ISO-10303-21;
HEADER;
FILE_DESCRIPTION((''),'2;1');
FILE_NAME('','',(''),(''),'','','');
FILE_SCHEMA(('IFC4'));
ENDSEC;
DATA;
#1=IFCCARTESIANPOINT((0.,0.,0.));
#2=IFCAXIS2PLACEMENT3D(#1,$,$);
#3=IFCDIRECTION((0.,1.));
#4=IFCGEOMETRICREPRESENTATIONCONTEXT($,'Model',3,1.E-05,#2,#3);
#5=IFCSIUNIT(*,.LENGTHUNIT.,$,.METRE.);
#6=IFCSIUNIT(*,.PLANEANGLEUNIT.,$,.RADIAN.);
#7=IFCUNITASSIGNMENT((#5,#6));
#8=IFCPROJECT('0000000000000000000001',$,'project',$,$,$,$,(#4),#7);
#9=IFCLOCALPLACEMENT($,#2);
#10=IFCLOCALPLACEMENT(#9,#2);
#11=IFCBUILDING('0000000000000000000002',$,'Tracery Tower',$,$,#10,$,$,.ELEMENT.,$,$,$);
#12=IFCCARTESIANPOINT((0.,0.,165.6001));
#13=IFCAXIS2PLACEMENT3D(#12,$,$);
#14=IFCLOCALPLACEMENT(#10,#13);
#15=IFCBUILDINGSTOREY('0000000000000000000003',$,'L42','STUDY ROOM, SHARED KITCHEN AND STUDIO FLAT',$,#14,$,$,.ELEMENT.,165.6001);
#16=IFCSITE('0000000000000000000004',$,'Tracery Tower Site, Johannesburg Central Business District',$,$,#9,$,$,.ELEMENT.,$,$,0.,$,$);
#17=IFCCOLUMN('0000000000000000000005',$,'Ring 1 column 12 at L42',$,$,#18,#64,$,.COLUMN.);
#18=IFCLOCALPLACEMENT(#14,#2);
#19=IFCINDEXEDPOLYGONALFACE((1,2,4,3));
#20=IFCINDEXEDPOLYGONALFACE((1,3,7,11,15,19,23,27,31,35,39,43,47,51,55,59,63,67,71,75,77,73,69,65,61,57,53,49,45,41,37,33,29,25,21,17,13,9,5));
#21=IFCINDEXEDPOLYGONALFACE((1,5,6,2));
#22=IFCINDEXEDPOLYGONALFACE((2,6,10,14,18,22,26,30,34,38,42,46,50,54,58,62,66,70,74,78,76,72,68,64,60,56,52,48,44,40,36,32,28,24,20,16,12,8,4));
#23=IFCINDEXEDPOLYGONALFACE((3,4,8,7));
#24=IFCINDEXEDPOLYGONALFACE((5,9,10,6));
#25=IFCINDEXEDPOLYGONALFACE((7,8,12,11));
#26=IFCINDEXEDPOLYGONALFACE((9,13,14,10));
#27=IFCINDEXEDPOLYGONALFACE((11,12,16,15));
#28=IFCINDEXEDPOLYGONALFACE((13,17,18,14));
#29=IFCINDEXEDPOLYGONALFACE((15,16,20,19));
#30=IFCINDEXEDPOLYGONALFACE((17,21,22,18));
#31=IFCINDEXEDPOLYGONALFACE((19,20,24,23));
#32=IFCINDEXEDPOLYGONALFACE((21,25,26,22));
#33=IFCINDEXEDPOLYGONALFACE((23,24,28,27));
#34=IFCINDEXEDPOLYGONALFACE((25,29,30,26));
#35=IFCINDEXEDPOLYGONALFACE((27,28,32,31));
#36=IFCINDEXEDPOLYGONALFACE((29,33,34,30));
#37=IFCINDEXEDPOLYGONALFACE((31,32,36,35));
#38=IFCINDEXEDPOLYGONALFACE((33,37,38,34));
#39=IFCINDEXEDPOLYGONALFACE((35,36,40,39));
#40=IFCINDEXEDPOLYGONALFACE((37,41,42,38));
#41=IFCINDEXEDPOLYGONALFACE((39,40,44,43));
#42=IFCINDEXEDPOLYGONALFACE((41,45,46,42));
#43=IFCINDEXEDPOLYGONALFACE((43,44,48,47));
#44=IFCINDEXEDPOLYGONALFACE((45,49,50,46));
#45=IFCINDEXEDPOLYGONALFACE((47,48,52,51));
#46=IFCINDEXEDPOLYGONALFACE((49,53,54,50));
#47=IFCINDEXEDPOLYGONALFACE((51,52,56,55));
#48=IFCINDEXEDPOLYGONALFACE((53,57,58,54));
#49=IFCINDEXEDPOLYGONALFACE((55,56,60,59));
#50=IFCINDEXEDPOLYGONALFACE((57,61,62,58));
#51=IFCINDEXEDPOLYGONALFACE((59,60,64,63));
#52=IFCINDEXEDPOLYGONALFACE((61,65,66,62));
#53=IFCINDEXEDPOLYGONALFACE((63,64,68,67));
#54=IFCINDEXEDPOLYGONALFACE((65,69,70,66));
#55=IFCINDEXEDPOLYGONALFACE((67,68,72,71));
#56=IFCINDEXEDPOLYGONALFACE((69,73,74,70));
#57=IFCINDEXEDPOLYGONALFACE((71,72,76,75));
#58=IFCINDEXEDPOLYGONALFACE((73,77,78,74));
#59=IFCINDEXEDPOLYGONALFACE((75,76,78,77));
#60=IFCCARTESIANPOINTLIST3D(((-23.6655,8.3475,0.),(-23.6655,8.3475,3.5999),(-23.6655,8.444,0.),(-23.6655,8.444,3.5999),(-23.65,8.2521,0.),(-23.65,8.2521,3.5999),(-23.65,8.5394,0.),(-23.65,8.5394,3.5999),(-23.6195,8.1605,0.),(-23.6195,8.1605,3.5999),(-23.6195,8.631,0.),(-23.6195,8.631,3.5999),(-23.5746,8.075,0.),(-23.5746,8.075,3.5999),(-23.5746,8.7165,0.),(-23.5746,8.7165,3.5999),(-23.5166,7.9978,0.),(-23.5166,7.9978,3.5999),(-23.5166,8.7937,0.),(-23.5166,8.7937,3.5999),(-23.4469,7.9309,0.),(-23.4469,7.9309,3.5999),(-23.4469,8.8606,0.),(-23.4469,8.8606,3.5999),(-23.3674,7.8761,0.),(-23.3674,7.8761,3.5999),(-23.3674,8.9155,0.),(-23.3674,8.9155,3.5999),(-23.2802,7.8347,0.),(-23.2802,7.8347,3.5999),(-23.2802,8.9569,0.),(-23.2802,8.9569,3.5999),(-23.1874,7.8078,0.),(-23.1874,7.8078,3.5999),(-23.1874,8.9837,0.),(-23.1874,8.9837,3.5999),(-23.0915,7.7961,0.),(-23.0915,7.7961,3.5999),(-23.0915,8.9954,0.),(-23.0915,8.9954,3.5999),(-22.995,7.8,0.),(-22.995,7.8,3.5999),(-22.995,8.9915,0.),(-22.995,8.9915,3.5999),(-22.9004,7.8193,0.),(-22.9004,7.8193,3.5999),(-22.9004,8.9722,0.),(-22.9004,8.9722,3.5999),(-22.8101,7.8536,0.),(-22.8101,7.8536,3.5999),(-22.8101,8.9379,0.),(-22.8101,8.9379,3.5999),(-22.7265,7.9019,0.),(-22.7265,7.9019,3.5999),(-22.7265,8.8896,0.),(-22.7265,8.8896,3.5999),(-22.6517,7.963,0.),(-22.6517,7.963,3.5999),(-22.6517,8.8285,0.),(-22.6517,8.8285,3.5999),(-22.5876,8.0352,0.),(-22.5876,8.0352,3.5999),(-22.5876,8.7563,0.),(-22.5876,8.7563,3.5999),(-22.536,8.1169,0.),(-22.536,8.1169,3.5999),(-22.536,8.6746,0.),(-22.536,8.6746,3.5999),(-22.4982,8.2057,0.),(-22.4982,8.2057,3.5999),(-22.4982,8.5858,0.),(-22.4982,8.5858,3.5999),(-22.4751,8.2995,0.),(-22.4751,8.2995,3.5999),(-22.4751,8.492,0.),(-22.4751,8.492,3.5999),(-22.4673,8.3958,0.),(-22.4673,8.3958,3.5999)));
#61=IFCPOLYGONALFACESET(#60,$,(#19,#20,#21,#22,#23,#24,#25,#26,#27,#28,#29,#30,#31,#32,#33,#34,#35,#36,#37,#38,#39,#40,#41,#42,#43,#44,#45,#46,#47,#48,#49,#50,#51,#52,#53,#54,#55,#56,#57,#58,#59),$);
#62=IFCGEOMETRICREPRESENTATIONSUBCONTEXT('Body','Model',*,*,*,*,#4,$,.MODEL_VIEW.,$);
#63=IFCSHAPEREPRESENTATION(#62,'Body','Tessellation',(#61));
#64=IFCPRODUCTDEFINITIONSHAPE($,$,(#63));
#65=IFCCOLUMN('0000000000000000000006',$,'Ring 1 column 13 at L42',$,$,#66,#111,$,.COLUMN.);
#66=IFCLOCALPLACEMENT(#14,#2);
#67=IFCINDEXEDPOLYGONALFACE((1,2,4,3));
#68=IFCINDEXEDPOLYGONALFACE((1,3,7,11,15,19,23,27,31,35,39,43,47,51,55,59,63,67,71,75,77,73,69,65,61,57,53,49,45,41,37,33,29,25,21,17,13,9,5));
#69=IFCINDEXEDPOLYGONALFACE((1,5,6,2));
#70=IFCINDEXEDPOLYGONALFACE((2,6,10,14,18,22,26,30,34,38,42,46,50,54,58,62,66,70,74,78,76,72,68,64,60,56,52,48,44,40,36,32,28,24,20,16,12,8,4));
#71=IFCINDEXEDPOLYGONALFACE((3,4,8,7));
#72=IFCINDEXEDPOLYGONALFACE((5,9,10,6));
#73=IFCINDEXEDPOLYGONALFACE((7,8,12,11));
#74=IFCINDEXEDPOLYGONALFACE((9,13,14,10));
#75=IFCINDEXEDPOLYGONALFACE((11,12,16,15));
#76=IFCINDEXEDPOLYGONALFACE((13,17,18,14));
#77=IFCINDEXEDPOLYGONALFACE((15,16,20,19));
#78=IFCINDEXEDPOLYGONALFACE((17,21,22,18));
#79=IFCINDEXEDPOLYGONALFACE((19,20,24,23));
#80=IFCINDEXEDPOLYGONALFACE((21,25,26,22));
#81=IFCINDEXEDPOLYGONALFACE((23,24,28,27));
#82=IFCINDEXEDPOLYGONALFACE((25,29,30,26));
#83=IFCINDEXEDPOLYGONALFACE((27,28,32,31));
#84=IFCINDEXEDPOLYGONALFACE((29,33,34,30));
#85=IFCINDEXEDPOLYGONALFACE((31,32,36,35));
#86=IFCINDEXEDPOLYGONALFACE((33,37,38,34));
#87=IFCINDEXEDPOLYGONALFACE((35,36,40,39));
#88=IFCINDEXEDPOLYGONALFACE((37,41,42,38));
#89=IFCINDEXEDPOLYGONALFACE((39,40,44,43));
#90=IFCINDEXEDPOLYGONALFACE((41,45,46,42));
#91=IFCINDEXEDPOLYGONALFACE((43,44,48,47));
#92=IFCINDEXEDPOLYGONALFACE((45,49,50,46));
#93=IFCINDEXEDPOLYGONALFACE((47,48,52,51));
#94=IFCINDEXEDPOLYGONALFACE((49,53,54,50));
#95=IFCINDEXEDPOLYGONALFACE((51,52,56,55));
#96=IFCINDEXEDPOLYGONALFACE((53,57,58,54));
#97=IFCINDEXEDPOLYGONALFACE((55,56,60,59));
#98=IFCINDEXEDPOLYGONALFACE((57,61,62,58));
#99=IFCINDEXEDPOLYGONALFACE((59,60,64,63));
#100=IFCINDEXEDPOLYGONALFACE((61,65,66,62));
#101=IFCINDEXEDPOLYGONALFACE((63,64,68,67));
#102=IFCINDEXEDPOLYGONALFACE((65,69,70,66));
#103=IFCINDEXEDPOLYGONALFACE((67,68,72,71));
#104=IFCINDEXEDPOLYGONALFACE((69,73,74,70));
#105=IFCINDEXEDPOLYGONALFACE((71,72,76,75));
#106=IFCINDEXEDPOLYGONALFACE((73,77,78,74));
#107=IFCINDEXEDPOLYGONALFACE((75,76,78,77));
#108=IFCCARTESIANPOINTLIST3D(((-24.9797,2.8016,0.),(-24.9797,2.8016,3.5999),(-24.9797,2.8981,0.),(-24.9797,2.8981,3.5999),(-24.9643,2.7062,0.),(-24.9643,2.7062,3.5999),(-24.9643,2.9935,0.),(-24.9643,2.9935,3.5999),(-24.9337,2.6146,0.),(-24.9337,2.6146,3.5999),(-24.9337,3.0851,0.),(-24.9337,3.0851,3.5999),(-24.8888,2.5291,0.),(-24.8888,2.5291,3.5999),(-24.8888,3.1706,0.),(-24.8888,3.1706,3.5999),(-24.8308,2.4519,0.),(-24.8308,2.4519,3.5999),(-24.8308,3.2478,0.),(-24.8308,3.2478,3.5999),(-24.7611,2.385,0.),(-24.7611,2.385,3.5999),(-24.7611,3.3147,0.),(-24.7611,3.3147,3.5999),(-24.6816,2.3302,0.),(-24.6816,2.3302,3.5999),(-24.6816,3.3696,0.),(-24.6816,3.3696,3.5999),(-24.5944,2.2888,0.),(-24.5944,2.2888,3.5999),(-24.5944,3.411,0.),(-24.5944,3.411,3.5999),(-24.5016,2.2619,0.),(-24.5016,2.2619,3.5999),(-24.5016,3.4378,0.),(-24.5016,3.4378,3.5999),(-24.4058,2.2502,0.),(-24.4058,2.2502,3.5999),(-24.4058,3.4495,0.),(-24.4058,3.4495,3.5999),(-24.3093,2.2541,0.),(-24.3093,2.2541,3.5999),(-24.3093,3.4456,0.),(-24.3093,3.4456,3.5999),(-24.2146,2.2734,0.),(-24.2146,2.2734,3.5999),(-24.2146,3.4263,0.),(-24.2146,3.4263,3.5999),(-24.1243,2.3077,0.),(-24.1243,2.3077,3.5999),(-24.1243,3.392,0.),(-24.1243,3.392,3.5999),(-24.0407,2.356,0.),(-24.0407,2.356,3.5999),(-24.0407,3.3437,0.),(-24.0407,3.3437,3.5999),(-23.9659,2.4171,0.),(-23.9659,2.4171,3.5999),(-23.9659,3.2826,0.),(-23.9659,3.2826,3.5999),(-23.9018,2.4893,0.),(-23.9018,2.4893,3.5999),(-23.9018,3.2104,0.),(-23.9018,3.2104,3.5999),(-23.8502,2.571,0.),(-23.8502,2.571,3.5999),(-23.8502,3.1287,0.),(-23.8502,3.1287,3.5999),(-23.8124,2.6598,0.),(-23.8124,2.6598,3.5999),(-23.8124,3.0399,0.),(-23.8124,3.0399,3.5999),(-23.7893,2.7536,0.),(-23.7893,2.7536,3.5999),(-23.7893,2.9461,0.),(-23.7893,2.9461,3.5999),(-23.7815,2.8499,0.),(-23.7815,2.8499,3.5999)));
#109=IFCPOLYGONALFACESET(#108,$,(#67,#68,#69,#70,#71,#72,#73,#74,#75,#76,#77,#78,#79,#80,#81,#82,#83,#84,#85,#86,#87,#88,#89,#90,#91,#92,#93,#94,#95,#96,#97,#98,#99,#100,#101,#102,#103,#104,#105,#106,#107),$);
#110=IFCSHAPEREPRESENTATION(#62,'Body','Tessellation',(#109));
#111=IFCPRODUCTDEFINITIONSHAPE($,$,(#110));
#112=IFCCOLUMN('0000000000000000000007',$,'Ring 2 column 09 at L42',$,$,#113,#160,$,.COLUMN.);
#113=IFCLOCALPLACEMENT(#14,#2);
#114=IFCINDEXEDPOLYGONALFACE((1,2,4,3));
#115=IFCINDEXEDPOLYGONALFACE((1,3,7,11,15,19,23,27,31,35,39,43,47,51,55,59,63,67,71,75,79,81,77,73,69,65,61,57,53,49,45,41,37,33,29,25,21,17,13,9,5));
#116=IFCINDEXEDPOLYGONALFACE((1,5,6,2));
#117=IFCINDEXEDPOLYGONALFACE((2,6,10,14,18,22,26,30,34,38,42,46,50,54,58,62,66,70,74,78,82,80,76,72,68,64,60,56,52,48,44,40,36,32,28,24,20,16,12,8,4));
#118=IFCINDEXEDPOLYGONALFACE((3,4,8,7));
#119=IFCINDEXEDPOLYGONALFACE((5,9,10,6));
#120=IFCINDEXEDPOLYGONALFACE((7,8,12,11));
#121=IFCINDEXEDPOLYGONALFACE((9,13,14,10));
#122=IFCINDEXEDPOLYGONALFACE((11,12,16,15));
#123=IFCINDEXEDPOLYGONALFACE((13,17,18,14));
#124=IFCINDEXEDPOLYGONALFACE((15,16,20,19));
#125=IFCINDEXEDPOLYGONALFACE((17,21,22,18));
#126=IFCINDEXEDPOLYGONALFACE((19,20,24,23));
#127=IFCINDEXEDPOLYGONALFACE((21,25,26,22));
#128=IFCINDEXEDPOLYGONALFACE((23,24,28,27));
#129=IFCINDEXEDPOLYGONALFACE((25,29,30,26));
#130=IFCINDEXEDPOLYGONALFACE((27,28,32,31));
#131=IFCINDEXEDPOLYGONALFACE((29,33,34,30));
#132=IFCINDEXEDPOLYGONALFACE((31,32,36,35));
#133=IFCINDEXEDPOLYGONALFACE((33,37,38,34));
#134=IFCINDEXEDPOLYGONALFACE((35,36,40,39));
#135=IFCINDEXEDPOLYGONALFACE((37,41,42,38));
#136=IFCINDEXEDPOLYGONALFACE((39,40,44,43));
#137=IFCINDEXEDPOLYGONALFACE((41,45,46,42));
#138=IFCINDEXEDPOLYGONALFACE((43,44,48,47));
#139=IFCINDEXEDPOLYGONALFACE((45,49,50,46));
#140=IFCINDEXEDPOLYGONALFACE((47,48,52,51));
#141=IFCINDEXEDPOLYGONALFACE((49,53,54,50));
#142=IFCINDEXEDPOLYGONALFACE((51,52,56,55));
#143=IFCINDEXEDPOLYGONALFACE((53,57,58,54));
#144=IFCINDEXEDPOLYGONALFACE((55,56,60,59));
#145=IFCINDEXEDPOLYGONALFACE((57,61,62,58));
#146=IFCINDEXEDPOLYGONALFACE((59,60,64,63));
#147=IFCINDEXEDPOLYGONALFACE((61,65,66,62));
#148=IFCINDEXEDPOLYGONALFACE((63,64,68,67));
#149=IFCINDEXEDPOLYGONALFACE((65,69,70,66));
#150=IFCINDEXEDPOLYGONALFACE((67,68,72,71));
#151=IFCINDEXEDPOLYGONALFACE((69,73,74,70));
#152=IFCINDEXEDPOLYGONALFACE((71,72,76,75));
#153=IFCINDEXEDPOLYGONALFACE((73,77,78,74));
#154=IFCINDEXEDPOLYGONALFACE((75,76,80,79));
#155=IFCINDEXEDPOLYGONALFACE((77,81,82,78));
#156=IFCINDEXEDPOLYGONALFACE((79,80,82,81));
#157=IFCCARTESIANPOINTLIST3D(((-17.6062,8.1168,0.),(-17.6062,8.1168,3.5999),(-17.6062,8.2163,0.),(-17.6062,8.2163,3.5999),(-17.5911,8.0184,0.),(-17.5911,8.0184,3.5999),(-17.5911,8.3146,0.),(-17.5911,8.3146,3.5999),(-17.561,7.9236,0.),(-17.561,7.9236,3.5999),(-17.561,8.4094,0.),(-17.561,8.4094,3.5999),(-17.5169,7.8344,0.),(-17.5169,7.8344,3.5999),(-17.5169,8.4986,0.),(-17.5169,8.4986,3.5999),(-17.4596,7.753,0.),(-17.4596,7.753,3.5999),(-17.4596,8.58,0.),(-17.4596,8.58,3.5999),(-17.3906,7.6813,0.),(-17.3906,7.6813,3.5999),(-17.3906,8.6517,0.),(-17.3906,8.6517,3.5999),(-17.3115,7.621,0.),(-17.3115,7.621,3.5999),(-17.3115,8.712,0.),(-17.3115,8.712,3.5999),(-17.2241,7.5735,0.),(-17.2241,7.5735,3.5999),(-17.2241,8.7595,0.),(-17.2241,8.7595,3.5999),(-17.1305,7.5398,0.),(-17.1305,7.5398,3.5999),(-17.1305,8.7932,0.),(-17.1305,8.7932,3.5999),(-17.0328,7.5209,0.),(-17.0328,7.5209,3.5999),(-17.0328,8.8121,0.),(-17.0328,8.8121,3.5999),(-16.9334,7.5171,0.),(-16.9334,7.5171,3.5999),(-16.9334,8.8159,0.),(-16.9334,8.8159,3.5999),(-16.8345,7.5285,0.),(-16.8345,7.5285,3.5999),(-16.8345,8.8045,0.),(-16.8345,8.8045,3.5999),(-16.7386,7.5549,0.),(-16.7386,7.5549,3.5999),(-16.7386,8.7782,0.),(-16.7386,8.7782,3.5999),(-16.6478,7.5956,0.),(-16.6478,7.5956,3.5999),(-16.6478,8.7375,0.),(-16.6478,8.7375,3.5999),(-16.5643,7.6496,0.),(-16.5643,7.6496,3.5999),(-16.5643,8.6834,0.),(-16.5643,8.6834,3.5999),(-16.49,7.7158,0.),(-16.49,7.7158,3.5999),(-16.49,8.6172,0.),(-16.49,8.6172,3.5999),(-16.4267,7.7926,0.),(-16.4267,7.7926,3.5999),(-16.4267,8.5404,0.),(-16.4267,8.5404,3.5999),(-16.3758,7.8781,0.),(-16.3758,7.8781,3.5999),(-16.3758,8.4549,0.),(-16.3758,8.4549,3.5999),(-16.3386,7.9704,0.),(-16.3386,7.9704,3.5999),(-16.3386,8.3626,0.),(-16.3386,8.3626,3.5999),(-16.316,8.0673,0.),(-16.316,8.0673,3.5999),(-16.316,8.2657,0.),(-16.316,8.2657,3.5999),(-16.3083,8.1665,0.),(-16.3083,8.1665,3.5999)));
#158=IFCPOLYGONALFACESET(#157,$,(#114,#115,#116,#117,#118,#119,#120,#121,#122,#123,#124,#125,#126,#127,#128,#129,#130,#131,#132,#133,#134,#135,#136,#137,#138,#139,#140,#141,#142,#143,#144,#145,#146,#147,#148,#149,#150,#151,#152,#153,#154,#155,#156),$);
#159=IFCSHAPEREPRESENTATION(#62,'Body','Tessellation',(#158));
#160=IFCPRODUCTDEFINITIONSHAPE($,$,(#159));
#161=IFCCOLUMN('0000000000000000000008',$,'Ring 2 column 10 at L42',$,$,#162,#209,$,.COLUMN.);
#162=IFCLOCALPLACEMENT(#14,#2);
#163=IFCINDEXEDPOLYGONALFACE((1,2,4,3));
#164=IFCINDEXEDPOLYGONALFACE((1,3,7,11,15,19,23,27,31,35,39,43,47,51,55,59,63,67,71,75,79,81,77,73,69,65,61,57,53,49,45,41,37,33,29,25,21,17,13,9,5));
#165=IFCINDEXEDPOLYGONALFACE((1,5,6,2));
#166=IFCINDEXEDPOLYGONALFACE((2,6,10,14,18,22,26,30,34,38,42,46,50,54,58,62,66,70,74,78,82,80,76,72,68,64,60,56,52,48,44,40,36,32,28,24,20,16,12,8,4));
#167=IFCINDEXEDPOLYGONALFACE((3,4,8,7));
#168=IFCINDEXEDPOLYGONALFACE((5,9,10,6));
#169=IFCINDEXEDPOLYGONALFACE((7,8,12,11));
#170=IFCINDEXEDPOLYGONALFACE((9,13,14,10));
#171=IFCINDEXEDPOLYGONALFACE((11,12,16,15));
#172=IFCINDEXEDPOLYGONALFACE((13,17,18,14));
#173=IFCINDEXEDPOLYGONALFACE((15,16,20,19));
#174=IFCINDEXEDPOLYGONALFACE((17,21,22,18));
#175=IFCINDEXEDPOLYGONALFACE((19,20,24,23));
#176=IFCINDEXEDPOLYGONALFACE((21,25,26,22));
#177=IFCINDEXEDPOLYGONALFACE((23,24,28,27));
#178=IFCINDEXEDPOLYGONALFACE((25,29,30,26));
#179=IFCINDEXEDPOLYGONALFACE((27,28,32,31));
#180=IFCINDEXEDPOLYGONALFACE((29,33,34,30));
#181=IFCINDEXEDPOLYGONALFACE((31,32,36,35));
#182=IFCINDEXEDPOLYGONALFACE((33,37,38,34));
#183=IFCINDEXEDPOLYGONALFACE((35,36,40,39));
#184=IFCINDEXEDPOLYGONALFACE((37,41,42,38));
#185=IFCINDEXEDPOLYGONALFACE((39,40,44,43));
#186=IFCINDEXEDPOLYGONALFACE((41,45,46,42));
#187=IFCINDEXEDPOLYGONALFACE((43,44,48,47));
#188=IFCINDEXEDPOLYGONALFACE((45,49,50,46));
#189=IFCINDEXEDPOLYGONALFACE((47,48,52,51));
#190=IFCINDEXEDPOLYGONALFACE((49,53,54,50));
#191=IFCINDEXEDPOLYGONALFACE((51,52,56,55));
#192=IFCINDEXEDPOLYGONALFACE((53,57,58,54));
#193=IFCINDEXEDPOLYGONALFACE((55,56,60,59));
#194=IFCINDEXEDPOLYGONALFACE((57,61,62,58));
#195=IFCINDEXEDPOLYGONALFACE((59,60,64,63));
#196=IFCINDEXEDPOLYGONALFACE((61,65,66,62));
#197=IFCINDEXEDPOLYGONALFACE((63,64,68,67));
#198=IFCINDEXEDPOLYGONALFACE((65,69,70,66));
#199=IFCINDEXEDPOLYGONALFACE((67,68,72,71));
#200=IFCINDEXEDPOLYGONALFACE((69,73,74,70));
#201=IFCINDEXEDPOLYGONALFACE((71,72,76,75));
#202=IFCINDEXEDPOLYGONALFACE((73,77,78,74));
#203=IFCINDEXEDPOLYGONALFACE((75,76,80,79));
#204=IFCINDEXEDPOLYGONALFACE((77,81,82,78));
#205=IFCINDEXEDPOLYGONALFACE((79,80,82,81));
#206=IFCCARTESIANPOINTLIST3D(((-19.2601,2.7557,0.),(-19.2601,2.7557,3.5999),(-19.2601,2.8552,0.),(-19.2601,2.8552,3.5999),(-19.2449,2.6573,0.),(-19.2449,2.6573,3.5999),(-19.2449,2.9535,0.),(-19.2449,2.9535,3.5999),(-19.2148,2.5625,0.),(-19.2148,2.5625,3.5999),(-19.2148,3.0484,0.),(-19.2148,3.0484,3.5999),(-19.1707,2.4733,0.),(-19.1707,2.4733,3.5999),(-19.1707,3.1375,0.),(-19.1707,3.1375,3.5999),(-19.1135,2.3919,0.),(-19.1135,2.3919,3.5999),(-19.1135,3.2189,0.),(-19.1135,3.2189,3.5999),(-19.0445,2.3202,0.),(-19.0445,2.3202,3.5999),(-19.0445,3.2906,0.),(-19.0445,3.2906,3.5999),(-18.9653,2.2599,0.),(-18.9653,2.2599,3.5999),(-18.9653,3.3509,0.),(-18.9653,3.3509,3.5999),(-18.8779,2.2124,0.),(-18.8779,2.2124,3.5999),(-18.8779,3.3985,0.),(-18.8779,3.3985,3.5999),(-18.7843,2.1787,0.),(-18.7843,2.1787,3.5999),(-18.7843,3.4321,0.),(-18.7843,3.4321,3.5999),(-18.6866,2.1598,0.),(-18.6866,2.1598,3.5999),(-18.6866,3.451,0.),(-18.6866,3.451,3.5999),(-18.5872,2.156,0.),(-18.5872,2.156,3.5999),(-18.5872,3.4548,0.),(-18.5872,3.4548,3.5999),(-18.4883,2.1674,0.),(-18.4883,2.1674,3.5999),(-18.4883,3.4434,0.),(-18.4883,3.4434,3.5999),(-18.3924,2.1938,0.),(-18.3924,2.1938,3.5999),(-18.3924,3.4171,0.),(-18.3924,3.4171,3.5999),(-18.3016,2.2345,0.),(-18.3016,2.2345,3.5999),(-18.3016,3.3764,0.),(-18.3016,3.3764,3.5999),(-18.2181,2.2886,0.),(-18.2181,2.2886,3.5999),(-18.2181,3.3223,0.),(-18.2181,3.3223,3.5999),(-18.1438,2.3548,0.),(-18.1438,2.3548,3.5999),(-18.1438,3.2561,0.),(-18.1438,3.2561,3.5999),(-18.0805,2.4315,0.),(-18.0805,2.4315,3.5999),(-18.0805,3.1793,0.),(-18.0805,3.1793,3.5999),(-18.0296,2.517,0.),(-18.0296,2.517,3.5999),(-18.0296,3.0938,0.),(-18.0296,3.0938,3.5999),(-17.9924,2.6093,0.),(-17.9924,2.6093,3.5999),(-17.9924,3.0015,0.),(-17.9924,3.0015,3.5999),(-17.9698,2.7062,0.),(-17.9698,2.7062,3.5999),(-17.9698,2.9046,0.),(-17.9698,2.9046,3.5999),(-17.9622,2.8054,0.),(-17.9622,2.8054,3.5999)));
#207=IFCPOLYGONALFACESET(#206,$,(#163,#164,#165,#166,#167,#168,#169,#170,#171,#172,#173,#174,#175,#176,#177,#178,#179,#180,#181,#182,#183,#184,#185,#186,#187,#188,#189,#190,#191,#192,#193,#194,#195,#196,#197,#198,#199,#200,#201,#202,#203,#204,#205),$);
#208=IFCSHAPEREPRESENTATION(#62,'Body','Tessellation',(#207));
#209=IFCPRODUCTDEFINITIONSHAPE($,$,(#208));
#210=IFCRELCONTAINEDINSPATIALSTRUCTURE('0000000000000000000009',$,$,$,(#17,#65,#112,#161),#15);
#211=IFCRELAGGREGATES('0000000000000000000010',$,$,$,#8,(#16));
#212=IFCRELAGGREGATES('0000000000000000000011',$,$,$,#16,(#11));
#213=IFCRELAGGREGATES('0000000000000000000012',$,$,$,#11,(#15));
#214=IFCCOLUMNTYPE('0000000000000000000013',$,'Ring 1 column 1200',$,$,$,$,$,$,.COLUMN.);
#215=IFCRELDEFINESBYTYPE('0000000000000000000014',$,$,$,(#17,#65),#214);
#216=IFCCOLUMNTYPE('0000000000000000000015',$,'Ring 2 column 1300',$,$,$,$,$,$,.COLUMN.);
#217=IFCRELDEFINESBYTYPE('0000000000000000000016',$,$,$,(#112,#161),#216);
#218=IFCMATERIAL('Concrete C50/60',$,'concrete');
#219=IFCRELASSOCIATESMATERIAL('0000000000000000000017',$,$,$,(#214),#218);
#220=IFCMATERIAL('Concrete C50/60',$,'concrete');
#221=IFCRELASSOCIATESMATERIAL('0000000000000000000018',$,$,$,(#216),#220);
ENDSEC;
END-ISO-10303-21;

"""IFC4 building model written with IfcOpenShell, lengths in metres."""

from ifc_helpers import new_model, si_unit, direction, frame, origin, origin_2d, place, context, subcontext, project, spatial, circle, extrude, material, material_profile, profile_set, type_object, element, save


model = new_model("IFC4")

# Units and contexts
model_context = context("Model", 3, precision=1e-05, world=origin(), true_north=direction((0.0, 1.0)))
body_context = subcontext(model_context, "Body", "Model", "MODEL_VIEW")
ifc_project = project(units=[si_unit("LENGTHUNIT", "METRE"), si_unit("PLANEANGLEUNIT", "RADIAN")], contexts=[model_context])

# Site, building, storey
site_placement = place(None, origin())
site = spatial("IfcSite", under=ifc_project, at=site_placement, Name="Tracery Tower Site, Johannesburg Central Business District", CompositionType="ELEMENT", RefElevation=0.0)
building_placement = place(site_placement, origin())
building = spatial("IfcBuilding", under=site, at=building_placement, Name="Tracery Tower", CompositionType="ELEMENT")
storey_placement = place(building_placement, frame((0.0, 0.0, 165.6001)))
storey = spatial("IfcBuildingStorey", under=building, at=storey_placement, Name="L42", Description="STUDY ROOM, SHARED KITCHEN AND STUDIO FLAT", CompositionType="ELEMENT", Elevation=165.6001)

# Columns
ifc_material_1 = material(Name="Concrete C50/60", Category="concrete")
ifc_material_profile_1 = material_profile(ifc_material_1, circle(Radius=0.6001, at=origin_2d()), Name="RC D1200")
ifc_profile_set_1 = profile_set([ifc_material_profile_1], Name="Concrete C50/60")
column_type_1 = type_object("IfcColumnType", Name="Ring 1 column 1200", PredefinedType="COLUMN", material=ifc_profile_set_1)
for number, where, z_axis, x_axis, name in (
    (1, (-23.0674, 8.3958, 0.0), (0.0, 0.0, 1.0), (1.0, 0.0, 0.0), "Ring 1 column 12 at L42"),
    (2, (-24.3816, 2.8499, 0.0), (0.0, 0.0, 1.0), (1.0, 0.0, 0.0), "Ring 1 column 13 at L42"),
):
    element("IfcColumn", number, at=place(storey_placement, frame(where, z_axis=z_axis, x_axis=x_axis)), inside=storey, type_object=column_type_1, Name=name, PredefinedType="COLUMN", context=body_context, shape_type="SweptSolid", body=[
        extrude(circle(Radius=0.6001, at=origin_2d()), origin(), (0.0, 0.0, 1.0), 3.5999),
    ])
ifc_material_2 = material(Name="Concrete C50/60", Category="concrete")
ifc_material_profile_2 = material_profile(ifc_material_2, circle(Radius=0.6499, at=origin_2d()), Name="RC D1300")
ifc_profile_set_2 = profile_set([ifc_material_profile_2], Name="Concrete C50/60")
column_type_2 = type_object("IfcColumnType", Name="Ring 2 column 1300", PredefinedType="COLUMN", material=ifc_profile_set_2)
for number, where, z_axis, x_axis, name in (
    (3, (-16.9583, 8.1665, 0.0), (0.0, 0.0, 1.0), (1.0, 0.0, 0.0), "Ring 2 column 09 at L42"),
    (4, (-18.6121, 2.8054, 0.0), (0.0, 0.0, 1.0), (1.0, 0.0, 0.0), "Ring 2 column 10 at L42"),
):
    element("IfcColumn", number, at=place(storey_placement, frame(where, z_axis=z_axis, x_axis=x_axis)), inside=storey, type_object=column_type_2, Name=name, PredefinedType="COLUMN", context=body_context, shape_type="SweptSolid", body=[
        extrude(circle(Radius=0.6499, at=origin_2d()), origin(), (0.0, 0.0, 1.0), 3.5999),
    ])

save(model, "model.ifc")
